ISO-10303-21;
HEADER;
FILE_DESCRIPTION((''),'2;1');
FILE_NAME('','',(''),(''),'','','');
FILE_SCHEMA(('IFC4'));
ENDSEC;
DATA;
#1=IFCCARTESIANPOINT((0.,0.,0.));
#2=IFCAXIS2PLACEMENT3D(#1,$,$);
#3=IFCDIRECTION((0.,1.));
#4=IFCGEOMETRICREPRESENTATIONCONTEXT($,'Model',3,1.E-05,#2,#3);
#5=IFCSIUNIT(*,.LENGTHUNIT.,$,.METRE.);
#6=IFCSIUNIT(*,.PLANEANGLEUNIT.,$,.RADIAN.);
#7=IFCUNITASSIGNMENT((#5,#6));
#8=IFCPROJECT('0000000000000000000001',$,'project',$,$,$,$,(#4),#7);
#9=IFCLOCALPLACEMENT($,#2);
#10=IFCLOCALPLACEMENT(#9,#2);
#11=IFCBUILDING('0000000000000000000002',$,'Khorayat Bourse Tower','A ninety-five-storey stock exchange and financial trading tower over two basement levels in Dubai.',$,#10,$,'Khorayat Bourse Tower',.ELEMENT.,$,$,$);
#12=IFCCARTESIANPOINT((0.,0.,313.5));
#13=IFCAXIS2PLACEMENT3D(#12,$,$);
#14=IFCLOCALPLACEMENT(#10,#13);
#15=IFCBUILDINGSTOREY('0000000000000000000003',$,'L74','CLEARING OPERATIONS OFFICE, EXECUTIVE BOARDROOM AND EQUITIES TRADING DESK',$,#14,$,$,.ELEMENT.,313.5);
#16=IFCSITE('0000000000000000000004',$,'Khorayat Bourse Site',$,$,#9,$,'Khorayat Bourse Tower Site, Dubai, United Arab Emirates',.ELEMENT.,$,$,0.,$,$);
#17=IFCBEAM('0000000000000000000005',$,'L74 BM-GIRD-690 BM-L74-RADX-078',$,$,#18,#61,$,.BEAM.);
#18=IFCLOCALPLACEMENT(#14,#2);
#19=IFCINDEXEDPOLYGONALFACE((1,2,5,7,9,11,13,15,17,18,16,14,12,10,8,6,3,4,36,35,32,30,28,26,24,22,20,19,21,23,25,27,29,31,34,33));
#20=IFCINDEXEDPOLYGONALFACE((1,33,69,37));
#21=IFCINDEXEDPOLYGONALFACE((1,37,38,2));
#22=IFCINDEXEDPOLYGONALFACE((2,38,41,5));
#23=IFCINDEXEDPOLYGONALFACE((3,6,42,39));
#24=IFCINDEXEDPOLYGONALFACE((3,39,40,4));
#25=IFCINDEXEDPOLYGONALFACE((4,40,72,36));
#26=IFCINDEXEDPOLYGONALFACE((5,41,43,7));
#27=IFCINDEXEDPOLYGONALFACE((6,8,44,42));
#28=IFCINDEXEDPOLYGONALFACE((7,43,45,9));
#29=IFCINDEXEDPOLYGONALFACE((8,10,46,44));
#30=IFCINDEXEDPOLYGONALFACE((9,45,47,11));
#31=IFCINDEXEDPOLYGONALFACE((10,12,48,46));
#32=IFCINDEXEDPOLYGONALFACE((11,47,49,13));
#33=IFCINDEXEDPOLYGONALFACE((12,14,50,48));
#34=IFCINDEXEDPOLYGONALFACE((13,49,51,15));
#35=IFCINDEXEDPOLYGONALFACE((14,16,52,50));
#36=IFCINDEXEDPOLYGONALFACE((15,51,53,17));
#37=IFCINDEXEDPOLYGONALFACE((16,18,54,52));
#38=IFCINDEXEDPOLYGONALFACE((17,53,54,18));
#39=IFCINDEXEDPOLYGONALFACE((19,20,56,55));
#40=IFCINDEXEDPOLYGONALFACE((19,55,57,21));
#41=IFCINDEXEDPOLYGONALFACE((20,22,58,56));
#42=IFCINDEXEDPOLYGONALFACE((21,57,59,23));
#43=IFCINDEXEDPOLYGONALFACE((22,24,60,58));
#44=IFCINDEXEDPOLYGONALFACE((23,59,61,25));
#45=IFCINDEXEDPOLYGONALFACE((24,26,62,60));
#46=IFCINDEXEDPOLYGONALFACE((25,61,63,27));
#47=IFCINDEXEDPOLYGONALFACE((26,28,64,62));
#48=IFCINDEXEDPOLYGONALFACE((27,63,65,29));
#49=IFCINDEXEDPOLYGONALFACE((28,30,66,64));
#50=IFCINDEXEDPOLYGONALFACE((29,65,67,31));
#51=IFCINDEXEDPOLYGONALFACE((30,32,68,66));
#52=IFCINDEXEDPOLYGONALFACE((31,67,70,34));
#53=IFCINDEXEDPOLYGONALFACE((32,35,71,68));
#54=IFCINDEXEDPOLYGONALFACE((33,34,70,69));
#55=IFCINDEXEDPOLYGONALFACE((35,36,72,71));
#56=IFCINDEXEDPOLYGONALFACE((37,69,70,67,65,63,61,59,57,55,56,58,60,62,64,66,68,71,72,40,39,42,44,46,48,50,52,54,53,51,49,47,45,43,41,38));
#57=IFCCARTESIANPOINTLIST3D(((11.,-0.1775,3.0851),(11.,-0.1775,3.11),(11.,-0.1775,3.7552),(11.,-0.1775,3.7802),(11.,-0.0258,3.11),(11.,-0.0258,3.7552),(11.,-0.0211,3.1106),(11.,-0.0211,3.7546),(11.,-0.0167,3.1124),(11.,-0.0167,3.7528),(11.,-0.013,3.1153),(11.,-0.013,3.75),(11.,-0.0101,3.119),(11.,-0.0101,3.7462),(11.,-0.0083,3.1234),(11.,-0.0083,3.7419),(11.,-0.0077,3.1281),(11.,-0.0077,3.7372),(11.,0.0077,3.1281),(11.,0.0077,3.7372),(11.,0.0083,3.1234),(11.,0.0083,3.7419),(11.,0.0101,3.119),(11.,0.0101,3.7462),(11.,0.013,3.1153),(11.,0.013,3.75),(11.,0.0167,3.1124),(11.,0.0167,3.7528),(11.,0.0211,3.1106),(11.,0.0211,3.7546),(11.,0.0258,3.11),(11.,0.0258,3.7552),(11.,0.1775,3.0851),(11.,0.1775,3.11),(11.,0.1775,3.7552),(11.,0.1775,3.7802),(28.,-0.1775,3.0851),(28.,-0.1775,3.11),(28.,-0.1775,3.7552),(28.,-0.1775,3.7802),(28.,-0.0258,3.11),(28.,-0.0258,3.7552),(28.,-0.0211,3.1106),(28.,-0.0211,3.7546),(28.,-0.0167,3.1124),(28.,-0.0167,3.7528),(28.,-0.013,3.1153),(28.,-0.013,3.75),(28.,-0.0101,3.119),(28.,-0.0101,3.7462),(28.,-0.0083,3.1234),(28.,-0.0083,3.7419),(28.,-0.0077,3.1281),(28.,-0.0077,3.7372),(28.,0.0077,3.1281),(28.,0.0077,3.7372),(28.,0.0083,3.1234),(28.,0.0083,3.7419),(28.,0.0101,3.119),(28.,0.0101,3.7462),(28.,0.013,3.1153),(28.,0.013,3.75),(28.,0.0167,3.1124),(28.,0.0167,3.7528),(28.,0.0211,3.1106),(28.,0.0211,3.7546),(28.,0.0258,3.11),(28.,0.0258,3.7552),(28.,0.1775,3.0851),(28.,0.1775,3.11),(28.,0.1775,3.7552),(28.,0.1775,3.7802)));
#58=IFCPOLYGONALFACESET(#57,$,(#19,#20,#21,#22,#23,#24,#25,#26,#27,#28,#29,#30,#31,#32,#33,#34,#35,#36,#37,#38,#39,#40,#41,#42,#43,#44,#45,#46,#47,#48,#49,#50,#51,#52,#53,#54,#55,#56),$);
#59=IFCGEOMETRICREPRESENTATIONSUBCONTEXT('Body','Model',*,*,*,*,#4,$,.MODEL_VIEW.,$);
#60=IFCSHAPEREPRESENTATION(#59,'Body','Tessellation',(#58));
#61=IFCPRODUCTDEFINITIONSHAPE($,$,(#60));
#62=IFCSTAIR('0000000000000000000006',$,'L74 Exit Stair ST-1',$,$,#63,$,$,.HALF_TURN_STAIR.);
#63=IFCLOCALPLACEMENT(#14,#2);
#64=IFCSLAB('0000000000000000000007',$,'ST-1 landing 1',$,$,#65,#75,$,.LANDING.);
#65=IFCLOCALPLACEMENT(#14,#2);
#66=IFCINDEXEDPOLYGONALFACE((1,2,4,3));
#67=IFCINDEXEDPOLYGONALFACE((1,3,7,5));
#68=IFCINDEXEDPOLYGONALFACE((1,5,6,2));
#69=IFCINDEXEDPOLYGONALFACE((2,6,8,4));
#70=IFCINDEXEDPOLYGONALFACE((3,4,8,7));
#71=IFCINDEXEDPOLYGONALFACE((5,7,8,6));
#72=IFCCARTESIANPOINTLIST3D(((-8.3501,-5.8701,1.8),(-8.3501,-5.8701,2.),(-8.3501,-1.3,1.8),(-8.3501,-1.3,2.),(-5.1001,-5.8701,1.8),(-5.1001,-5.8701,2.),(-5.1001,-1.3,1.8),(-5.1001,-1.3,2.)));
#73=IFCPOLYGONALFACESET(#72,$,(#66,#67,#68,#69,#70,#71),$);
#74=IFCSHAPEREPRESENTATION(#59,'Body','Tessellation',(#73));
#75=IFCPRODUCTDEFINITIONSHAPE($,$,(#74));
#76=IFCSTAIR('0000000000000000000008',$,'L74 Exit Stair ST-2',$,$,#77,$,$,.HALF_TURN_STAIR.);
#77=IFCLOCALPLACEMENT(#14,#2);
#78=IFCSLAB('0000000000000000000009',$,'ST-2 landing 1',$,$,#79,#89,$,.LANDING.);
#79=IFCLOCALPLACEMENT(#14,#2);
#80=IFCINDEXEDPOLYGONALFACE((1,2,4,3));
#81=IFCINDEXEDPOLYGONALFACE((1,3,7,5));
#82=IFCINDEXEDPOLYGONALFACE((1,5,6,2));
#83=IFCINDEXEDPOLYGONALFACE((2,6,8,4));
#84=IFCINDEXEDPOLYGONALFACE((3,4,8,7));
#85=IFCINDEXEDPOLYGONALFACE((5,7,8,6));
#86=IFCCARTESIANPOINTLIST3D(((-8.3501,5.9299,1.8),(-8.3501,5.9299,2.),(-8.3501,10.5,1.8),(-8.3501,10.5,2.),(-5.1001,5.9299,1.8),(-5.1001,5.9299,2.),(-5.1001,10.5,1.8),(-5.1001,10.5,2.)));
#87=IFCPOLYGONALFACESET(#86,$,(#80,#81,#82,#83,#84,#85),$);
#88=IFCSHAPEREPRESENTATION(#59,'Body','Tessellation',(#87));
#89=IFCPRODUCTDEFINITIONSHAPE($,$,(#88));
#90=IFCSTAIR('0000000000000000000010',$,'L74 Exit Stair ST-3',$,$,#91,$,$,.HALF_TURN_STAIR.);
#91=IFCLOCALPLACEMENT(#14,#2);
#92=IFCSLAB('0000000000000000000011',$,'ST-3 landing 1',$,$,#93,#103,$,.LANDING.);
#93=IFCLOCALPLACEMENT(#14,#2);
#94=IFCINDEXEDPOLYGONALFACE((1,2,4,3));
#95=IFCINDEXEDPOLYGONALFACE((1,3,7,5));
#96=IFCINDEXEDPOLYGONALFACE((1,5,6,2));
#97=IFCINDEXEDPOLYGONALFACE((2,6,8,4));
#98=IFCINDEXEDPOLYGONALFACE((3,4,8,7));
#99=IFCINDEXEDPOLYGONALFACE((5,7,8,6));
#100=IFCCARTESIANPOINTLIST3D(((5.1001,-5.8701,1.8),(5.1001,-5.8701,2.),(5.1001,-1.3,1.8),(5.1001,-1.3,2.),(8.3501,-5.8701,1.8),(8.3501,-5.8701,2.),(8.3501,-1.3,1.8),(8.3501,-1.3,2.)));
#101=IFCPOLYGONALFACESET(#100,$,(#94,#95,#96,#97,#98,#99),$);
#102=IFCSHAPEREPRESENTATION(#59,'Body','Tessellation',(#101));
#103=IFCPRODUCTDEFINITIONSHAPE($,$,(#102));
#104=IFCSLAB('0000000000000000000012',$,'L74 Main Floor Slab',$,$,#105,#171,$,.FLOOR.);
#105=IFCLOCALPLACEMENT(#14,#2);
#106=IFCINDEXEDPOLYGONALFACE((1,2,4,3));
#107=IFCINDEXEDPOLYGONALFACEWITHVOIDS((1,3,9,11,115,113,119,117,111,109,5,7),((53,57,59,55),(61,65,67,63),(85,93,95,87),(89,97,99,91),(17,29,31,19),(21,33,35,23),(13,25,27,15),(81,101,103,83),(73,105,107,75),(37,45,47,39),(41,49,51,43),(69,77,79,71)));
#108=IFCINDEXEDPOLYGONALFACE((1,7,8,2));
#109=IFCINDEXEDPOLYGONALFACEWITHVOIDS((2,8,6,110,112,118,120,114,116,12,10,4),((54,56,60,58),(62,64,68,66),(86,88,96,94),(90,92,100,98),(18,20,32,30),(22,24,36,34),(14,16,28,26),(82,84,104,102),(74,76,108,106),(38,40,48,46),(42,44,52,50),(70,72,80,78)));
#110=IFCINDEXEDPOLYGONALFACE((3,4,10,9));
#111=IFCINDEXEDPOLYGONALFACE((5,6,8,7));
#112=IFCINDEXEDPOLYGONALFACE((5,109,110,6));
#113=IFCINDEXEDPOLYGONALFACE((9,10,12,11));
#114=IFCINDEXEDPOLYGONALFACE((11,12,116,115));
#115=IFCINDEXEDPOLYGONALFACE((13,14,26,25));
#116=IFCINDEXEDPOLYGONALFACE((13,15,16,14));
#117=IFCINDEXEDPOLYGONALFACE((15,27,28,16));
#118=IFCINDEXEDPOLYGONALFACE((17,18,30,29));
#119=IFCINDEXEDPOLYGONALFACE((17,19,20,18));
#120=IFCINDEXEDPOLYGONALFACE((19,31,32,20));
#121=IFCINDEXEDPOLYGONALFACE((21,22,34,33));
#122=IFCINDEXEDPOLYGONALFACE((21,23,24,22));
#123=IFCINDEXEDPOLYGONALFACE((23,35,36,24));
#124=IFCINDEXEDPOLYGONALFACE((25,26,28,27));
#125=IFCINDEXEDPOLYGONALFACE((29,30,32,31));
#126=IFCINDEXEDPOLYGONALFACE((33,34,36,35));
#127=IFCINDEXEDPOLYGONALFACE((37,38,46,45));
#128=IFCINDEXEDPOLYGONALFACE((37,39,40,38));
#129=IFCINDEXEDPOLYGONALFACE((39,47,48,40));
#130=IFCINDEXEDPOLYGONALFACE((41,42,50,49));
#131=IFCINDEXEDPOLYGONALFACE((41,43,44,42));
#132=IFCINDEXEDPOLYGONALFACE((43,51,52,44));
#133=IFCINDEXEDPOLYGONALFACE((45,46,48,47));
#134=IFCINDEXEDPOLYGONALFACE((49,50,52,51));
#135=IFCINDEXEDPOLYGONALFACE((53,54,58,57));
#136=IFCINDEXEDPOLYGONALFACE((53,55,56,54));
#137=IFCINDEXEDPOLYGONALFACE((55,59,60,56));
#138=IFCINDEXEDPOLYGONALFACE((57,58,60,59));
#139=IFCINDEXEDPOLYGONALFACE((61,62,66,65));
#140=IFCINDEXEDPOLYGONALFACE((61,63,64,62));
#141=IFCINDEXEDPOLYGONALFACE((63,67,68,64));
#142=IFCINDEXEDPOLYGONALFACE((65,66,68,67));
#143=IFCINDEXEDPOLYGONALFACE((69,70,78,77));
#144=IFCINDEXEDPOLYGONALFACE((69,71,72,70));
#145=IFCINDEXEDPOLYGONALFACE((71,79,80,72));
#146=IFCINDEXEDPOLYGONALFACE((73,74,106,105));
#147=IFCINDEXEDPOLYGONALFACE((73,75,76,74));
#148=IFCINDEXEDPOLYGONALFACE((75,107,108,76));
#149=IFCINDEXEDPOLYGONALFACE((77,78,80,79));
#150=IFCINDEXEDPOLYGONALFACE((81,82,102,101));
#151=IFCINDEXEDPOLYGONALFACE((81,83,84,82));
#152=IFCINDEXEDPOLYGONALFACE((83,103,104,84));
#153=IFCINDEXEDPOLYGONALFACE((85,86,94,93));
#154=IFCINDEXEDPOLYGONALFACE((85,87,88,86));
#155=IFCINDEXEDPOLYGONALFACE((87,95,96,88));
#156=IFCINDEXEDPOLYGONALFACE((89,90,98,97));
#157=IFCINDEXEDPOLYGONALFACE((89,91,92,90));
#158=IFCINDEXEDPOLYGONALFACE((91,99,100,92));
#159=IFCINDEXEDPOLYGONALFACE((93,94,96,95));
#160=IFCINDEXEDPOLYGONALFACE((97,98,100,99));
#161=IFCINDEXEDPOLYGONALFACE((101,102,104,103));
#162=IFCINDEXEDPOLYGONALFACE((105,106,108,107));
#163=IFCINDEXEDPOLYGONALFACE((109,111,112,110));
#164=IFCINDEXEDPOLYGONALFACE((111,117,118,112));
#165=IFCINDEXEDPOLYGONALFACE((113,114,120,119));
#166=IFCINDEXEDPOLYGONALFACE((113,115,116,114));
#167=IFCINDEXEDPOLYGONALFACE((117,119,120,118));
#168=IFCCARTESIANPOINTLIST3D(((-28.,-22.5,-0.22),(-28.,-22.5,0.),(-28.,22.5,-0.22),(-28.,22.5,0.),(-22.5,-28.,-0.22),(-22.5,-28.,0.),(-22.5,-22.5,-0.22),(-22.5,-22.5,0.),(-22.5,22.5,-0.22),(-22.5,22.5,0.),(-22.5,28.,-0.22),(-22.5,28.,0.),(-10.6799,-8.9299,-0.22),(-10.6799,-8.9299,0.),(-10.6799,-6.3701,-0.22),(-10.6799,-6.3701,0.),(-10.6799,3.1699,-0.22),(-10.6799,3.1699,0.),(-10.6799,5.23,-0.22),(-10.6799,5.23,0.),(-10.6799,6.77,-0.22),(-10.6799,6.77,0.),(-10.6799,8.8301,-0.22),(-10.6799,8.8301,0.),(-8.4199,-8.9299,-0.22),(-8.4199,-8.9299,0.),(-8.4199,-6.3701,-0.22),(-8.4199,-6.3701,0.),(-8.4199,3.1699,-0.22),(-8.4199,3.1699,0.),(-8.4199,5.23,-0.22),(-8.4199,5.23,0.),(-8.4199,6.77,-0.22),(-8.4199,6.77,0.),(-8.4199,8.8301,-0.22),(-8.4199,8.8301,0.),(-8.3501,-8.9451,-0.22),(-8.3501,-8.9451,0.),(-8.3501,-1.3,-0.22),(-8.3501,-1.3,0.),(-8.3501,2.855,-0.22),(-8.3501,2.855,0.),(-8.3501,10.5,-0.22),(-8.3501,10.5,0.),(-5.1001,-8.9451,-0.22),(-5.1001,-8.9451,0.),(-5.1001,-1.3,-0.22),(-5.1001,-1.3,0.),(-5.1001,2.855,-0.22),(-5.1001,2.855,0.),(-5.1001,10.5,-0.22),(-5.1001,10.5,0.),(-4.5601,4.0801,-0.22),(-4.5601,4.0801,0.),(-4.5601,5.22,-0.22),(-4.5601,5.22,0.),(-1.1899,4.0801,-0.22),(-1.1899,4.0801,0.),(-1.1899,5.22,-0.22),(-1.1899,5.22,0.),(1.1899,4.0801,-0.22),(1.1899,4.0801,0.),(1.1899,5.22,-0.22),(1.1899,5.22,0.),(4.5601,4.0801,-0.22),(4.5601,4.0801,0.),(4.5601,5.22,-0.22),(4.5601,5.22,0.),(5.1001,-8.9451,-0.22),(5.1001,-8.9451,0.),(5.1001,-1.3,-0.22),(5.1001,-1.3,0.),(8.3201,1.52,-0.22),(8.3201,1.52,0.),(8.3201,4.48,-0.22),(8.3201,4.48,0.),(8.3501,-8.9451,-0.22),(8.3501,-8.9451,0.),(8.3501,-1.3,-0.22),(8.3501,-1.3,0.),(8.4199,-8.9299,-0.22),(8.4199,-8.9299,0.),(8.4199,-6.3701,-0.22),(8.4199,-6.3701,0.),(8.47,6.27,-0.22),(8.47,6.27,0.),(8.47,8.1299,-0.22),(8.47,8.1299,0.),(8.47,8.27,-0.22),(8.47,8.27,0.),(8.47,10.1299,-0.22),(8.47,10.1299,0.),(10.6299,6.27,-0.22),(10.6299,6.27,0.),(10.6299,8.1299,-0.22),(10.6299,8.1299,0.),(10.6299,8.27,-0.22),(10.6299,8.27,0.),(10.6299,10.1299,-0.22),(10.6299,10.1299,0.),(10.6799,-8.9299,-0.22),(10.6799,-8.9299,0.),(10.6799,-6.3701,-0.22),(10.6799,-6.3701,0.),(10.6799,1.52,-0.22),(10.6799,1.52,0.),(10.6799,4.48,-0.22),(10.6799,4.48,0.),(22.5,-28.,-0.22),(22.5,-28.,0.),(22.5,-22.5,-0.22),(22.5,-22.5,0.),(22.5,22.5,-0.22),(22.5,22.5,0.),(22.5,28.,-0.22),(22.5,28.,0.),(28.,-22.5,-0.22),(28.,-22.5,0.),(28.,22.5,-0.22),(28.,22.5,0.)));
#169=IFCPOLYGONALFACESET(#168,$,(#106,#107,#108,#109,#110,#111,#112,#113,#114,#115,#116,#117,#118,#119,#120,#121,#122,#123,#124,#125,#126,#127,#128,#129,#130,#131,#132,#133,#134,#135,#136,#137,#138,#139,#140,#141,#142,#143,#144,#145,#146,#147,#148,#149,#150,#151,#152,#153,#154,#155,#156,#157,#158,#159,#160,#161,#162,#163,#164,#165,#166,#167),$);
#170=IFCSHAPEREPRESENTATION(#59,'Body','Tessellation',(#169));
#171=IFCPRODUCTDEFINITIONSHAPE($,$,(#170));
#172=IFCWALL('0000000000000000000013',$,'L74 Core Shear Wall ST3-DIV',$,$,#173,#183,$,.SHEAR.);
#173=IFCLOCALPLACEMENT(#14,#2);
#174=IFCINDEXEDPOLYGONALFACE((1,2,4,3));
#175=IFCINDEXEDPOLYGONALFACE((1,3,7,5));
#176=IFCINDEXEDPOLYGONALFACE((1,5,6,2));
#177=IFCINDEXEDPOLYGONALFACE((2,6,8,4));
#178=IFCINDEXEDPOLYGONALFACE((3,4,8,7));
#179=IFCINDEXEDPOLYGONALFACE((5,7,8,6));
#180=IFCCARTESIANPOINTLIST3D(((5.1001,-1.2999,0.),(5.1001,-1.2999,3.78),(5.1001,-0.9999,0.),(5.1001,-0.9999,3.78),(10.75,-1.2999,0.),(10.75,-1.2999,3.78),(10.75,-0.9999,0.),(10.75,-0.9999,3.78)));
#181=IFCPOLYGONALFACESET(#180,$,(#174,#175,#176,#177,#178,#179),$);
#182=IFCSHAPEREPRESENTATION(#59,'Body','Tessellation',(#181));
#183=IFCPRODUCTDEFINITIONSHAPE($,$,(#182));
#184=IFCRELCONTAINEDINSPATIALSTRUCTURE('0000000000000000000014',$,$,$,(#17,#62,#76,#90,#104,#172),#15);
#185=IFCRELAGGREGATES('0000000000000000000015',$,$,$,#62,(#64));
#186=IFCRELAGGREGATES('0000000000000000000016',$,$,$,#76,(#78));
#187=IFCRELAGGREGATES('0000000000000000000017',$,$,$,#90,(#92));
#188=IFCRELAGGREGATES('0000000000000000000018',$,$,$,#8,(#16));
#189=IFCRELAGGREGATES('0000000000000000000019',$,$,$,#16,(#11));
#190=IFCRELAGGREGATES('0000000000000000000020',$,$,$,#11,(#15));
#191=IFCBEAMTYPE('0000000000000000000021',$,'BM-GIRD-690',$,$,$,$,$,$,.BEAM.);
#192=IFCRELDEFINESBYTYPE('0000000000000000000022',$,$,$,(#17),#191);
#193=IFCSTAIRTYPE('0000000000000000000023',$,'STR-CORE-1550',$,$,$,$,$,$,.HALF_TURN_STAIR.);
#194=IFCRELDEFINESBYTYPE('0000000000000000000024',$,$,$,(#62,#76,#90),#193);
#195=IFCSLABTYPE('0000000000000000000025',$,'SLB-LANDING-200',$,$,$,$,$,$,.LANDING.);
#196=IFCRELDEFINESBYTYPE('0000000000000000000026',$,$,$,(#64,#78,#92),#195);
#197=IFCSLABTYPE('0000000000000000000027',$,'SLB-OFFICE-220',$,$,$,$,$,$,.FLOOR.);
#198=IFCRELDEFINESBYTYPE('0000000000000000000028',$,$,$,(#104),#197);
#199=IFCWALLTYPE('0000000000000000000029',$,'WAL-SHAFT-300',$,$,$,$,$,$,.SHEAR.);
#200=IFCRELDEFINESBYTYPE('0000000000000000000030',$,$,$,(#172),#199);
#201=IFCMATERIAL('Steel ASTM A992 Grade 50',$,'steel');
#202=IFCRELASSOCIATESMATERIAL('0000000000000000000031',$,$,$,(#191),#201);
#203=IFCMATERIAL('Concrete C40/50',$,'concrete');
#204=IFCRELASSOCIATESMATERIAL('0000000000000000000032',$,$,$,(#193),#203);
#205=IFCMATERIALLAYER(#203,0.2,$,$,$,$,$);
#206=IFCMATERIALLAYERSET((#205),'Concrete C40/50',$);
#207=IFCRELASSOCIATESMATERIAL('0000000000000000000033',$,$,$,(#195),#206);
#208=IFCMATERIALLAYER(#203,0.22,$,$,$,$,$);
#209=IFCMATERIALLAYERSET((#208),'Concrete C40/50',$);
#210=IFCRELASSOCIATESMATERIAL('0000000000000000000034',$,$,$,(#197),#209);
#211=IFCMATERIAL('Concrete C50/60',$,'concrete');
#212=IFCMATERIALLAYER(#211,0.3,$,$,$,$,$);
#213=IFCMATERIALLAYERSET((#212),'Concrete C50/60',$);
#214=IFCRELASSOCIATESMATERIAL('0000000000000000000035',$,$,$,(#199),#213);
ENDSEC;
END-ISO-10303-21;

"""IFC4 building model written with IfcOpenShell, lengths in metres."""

from ifc_helpers import new_model, si_unit, direction, frame, frame_2d, origin, origin_2d, place, context, subcontext, project, spatial, polyline, rectangle, i_section, outline, extrude, source, transform, mapped, material, layer, layer_set, material_profile, profile_set, type_object, element, aggregate, save


model = new_model("IFC4")

# Units and contexts
model_context = context("Model", 3, precision=1e-05, world=origin(), true_north=direction((0.0, 1.0)))
body_context = subcontext(model_context, "Body", "Model", "MODEL_VIEW")
ifc_project = project(units=[si_unit("LENGTHUNIT", "METRE"), si_unit("PLANEANGLEUNIT", "RADIAN")], contexts=[model_context])

# Site, building, storey
site_placement = place(None, origin())
site = spatial("IfcSite", under=ifc_project, at=site_placement, Name="Khorayat Bourse Site", LongName="Khorayat Bourse Tower Site, Dubai, United Arab Emirates", CompositionType="ELEMENT", RefElevation=0.0)
building_placement = place(site_placement, origin())
building = spatial("IfcBuilding", under=site, at=building_placement, Name="Khorayat Bourse Tower", Description="A ninety-five-storey stock exchange and financial trading tower over two basement levels in Dubai.", LongName="Khorayat Bourse Tower", CompositionType="ELEMENT")
storey_placement = place(building_placement, frame((0.0, 0.0, 313.5)))
storey = spatial("IfcBuildingStorey", under=building, at=storey_placement, Name="L74", Description="CLEARING OPERATIONS OFFICE, EXECUTIVE BOARDROOM AND EQUITIES TRADING DESK", CompositionType="ELEMENT", Elevation=313.5)

# Beam
ifc_material_1 = material(Name="Steel ASTM A992 Grade 50", Category="steel")
ifc_material_profile_1 = material_profile(ifc_material_1, i_section(OverallWidth=0.355, OverallDepth=0.6951, WebThickness=0.0154, FlangeThickness=0.0249, FilletRadius=0.0181, at=origin_2d()), Name="W690X217")
ifc_profile_set_1 = profile_set([ifc_material_profile_1], Name="Steel ASTM A992 Grade 50")
beam_type_1 = type_object("IfcBeamType", Name="BM-GIRD-690", PredefinedType="BEAM", material=ifc_profile_set_1)
shared_shape_1 = source(origin(), body_context, "Body", "SweptSolid", [
    extrude(i_section(OverallWidth=0.355, OverallDepth=0.6951, WebThickness=0.0154, FlangeThickness=0.0249, FilletRadius=0.0181, at=origin_2d()), origin(), (0.0, 0.0, 1.0), 17.0),
])
beam_1_placement = place(storey_placement, frame((11.0, 0.0, 3.4326), z_axis=(1.0, 0.0, 0.0), x_axis=(0.0, 1.0, 0.0)))
element("IfcBeam", 1, at=beam_1_placement, inside=storey, type_object=beam_type_1, Name="L74 BM-GIRD-690 BM-L74-RADX-078", PredefinedType="BEAM", context=body_context, shape_type="MappedRepresentation", body=[
    mapped(shared_shape_1, transform((0.0, 0.0, 0.0), scale=1.0)),
])

# Stairs, slabs
ifc_material_2 = material(Name="Concrete C40/50", Category="concrete")
stair_type = type_object("IfcStairType", Name="STR-CORE-1550", PredefinedType="HALF_TURN_STAIR", material=ifc_material_2)
stair_1_placement = place(storey_placement, origin())
stair_1 = element("IfcStair", 2, at=stair_1_placement, inside=storey, type_object=stair_type, Name="L74 Exit Stair ST-1", PredefinedType="HALF_TURN_STAIR")
ifc_layer_1 = layer(ifc_material_2, 0.2)
ifc_layer_set_1 = layer_set([ifc_layer_1], Name="Concrete C40/50")
slab_type_1 = type_object("IfcSlabType", Name="SLB-LANDING-200", PredefinedType="LANDING", material=ifc_layer_set_1)
slab_1_placement = place(storey_placement, frame((0.0, 0.0, 1.8)))
slab_1 = element("IfcSlab", 3, at=slab_1_placement, type_object=slab_type_1, Name="ST-1 landing 1", PredefinedType="LANDING", context=body_context, shape_type="SweptSolid", body=[
    extrude(outline(polyline([(-5.1001, -5.8701), (-5.1001, -1.3), (-8.3501, -1.3), (-8.3501, -5.8701), (-5.1001, -5.8701)])), origin(), (0.0, 0.0, 1.0), 0.2),
])
aggregate(stair_1, [slab_1])
stair_2_placement = place(storey_placement, origin())
stair_2 = element("IfcStair", 4, at=stair_2_placement, inside=storey, type_object=stair_type, Name="L74 Exit Stair ST-2", PredefinedType="HALF_TURN_STAIR")
slab_2_placement = place(storey_placement, frame((0.0, 0.0, 1.8)))
slab_2 = element("IfcSlab", 5, at=slab_2_placement, type_object=slab_type_1, Name="ST-2 landing 1", PredefinedType="LANDING", context=body_context, shape_type="SweptSolid", body=[
    extrude(outline(polyline([(-5.1001, 5.9299), (-5.1001, 10.5), (-8.3501, 10.5), (-8.3501, 5.9299), (-5.1001, 5.9299)])), origin(), (0.0, 0.0, 1.0), 0.2),
])
aggregate(stair_2, [slab_2])
stair_3_placement = place(storey_placement, origin())
stair_3 = element("IfcStair", 6, at=stair_3_placement, inside=storey, type_object=stair_type, Name="L74 Exit Stair ST-3", PredefinedType="HALF_TURN_STAIR")
slab_3_placement = place(storey_placement, frame((0.0, 0.0, 1.8)))
slab_3 = element("IfcSlab", 7, at=slab_3_placement, type_object=slab_type_1, Name="ST-3 landing 1", PredefinedType="LANDING", context=body_context, shape_type="SweptSolid", body=[
    extrude(outline(polyline([(8.3501, -5.8701), (8.3501, -1.3), (5.1001, -1.3), (5.1001, -5.8701), (8.3501, -5.8701)])), origin(), (0.0, 0.0, 1.0), 0.2),
])
aggregate(stair_3, [slab_3])

# Slab
ifc_layer_2 = layer(ifc_material_2, 0.22)
ifc_layer_set_2 = layer_set([ifc_layer_2], Name="Concrete C40/50")
slab_type_2 = type_object("IfcSlabType", Name="SLB-OFFICE-220", PredefinedType="FLOOR", material=ifc_layer_set_2)
slab_4_placement = place(storey_placement, frame((0.0, 0.0, -0.22)))
element("IfcSlab", 8, at=slab_4_placement, inside=storey, type_object=slab_type_2, Name="L74 Main Floor Slab", PredefinedType="FLOOR", context=body_context, shape_type="SweptSolid", body=[
    extrude(outline(polyline([(-22.5, -28.0), (22.5, -28.0), (22.5, -22.5), (28.0, -22.5), (28.0, 22.5), (22.5, 22.5), (22.5, 28.0), (-22.5, 28.0), (-22.5, 22.5), (-28.0, 22.5), (-28.0, -22.5), (-22.5, -22.5), (-22.5, -28.0)]), holes=[polyline([(-8.3501, -8.9451), (-5.1001, -8.9451), (-5.1001, -1.3), (-8.3501, -1.3), (-8.3501, -8.9451)]), polyline([(-8.3501, 2.855), (-5.1001, 2.855), (-5.1001, 10.5), (-8.3501, 10.5), (-8.3501, 2.855)]), polyline([(5.1001, -8.9451), (8.3501, -8.9451), (8.3501, -1.3), (5.1001, -1.3), (5.1001, -8.9451)]), polyline([(-10.6799, 3.1699), (-8.4199, 3.1699), (-8.4199, 5.23), (-10.6799, 5.23), (-10.6799, 3.1699)]), polyline([(-10.6799, 6.77), (-8.4199, 6.77), (-8.4199, 8.8301), (-10.6799, 8.8301), (-10.6799, 6.77)]), polyline([(8.47, 6.27), (10.6299, 6.27), (10.6299, 8.1299), (8.47, 8.1299), (8.47, 6.27)]), polyline([(8.47, 8.27), (10.6299, 8.27), (10.6299, 10.1299), (8.47, 10.1299), (8.47, 8.27)]), polyline([(-10.6799, -8.9299), (-8.4199, -8.9299), (-8.4199, -6.3701), (-10.6799, -6.3701), (-10.6799, -8.9299)]), polyline([(8.4199, -8.9299), (10.6799, -8.9299), (10.6799, -6.3701), (8.4199, -6.3701), (8.4199, -8.9299)]), polyline([(8.3201, 1.52), (10.6799, 1.52), (10.6799, 4.48), (8.3201, 4.48), (8.3201, 1.52)]), polyline([(-4.5601, 4.0801), (-1.1899, 4.0801), (-1.1899, 5.22), (-4.5601, 5.22), (-4.5601, 4.0801)]), polyline([(1.1899, 4.0801), (4.5601, 4.0801), (4.5601, 5.22), (1.1899, 5.22), (1.1899, 4.0801)])]), origin(), (0.0, 0.0, 1.0), 0.22),
])

# Wall
ifc_material_3 = material(Name="Concrete C50/60", Category="concrete")
ifc_layer_3 = layer(ifc_material_3, 0.3)
ifc_layer_set_3 = layer_set([ifc_layer_3], Name="Concrete C50/60")
wall_type_1 = type_object("IfcWallType", Name="WAL-SHAFT-300", PredefinedType="SHEAR", material=ifc_layer_set_3)
shared_shape_2 = source(origin(), body_context, "Body", "SweptSolid", [
    extrude(rectangle(XDim=5.6499, YDim=0.3, at=frame_2d((2.825, 0.0))), origin(), (0.0, 0.0, 1.0), 3.78),
])
wall_1_placement = place(storey_placement, frame((5.1001, -1.1499, 0.0), z_axis=(0.0, 0.0, 1.0), x_axis=(1.0, 0.0, 0.0)))
element("IfcWall", 9, at=wall_1_placement, inside=storey, type_object=wall_type_1, Name="L74 Core Shear Wall ST3-DIV", PredefinedType="SHEAR", context=body_context, shape_type="MappedRepresentation", body=[
    mapped(shared_shape_2, transform((0.0, 0.0, 0.0), scale=1.0)),
])

save(model, "model.ifc")
